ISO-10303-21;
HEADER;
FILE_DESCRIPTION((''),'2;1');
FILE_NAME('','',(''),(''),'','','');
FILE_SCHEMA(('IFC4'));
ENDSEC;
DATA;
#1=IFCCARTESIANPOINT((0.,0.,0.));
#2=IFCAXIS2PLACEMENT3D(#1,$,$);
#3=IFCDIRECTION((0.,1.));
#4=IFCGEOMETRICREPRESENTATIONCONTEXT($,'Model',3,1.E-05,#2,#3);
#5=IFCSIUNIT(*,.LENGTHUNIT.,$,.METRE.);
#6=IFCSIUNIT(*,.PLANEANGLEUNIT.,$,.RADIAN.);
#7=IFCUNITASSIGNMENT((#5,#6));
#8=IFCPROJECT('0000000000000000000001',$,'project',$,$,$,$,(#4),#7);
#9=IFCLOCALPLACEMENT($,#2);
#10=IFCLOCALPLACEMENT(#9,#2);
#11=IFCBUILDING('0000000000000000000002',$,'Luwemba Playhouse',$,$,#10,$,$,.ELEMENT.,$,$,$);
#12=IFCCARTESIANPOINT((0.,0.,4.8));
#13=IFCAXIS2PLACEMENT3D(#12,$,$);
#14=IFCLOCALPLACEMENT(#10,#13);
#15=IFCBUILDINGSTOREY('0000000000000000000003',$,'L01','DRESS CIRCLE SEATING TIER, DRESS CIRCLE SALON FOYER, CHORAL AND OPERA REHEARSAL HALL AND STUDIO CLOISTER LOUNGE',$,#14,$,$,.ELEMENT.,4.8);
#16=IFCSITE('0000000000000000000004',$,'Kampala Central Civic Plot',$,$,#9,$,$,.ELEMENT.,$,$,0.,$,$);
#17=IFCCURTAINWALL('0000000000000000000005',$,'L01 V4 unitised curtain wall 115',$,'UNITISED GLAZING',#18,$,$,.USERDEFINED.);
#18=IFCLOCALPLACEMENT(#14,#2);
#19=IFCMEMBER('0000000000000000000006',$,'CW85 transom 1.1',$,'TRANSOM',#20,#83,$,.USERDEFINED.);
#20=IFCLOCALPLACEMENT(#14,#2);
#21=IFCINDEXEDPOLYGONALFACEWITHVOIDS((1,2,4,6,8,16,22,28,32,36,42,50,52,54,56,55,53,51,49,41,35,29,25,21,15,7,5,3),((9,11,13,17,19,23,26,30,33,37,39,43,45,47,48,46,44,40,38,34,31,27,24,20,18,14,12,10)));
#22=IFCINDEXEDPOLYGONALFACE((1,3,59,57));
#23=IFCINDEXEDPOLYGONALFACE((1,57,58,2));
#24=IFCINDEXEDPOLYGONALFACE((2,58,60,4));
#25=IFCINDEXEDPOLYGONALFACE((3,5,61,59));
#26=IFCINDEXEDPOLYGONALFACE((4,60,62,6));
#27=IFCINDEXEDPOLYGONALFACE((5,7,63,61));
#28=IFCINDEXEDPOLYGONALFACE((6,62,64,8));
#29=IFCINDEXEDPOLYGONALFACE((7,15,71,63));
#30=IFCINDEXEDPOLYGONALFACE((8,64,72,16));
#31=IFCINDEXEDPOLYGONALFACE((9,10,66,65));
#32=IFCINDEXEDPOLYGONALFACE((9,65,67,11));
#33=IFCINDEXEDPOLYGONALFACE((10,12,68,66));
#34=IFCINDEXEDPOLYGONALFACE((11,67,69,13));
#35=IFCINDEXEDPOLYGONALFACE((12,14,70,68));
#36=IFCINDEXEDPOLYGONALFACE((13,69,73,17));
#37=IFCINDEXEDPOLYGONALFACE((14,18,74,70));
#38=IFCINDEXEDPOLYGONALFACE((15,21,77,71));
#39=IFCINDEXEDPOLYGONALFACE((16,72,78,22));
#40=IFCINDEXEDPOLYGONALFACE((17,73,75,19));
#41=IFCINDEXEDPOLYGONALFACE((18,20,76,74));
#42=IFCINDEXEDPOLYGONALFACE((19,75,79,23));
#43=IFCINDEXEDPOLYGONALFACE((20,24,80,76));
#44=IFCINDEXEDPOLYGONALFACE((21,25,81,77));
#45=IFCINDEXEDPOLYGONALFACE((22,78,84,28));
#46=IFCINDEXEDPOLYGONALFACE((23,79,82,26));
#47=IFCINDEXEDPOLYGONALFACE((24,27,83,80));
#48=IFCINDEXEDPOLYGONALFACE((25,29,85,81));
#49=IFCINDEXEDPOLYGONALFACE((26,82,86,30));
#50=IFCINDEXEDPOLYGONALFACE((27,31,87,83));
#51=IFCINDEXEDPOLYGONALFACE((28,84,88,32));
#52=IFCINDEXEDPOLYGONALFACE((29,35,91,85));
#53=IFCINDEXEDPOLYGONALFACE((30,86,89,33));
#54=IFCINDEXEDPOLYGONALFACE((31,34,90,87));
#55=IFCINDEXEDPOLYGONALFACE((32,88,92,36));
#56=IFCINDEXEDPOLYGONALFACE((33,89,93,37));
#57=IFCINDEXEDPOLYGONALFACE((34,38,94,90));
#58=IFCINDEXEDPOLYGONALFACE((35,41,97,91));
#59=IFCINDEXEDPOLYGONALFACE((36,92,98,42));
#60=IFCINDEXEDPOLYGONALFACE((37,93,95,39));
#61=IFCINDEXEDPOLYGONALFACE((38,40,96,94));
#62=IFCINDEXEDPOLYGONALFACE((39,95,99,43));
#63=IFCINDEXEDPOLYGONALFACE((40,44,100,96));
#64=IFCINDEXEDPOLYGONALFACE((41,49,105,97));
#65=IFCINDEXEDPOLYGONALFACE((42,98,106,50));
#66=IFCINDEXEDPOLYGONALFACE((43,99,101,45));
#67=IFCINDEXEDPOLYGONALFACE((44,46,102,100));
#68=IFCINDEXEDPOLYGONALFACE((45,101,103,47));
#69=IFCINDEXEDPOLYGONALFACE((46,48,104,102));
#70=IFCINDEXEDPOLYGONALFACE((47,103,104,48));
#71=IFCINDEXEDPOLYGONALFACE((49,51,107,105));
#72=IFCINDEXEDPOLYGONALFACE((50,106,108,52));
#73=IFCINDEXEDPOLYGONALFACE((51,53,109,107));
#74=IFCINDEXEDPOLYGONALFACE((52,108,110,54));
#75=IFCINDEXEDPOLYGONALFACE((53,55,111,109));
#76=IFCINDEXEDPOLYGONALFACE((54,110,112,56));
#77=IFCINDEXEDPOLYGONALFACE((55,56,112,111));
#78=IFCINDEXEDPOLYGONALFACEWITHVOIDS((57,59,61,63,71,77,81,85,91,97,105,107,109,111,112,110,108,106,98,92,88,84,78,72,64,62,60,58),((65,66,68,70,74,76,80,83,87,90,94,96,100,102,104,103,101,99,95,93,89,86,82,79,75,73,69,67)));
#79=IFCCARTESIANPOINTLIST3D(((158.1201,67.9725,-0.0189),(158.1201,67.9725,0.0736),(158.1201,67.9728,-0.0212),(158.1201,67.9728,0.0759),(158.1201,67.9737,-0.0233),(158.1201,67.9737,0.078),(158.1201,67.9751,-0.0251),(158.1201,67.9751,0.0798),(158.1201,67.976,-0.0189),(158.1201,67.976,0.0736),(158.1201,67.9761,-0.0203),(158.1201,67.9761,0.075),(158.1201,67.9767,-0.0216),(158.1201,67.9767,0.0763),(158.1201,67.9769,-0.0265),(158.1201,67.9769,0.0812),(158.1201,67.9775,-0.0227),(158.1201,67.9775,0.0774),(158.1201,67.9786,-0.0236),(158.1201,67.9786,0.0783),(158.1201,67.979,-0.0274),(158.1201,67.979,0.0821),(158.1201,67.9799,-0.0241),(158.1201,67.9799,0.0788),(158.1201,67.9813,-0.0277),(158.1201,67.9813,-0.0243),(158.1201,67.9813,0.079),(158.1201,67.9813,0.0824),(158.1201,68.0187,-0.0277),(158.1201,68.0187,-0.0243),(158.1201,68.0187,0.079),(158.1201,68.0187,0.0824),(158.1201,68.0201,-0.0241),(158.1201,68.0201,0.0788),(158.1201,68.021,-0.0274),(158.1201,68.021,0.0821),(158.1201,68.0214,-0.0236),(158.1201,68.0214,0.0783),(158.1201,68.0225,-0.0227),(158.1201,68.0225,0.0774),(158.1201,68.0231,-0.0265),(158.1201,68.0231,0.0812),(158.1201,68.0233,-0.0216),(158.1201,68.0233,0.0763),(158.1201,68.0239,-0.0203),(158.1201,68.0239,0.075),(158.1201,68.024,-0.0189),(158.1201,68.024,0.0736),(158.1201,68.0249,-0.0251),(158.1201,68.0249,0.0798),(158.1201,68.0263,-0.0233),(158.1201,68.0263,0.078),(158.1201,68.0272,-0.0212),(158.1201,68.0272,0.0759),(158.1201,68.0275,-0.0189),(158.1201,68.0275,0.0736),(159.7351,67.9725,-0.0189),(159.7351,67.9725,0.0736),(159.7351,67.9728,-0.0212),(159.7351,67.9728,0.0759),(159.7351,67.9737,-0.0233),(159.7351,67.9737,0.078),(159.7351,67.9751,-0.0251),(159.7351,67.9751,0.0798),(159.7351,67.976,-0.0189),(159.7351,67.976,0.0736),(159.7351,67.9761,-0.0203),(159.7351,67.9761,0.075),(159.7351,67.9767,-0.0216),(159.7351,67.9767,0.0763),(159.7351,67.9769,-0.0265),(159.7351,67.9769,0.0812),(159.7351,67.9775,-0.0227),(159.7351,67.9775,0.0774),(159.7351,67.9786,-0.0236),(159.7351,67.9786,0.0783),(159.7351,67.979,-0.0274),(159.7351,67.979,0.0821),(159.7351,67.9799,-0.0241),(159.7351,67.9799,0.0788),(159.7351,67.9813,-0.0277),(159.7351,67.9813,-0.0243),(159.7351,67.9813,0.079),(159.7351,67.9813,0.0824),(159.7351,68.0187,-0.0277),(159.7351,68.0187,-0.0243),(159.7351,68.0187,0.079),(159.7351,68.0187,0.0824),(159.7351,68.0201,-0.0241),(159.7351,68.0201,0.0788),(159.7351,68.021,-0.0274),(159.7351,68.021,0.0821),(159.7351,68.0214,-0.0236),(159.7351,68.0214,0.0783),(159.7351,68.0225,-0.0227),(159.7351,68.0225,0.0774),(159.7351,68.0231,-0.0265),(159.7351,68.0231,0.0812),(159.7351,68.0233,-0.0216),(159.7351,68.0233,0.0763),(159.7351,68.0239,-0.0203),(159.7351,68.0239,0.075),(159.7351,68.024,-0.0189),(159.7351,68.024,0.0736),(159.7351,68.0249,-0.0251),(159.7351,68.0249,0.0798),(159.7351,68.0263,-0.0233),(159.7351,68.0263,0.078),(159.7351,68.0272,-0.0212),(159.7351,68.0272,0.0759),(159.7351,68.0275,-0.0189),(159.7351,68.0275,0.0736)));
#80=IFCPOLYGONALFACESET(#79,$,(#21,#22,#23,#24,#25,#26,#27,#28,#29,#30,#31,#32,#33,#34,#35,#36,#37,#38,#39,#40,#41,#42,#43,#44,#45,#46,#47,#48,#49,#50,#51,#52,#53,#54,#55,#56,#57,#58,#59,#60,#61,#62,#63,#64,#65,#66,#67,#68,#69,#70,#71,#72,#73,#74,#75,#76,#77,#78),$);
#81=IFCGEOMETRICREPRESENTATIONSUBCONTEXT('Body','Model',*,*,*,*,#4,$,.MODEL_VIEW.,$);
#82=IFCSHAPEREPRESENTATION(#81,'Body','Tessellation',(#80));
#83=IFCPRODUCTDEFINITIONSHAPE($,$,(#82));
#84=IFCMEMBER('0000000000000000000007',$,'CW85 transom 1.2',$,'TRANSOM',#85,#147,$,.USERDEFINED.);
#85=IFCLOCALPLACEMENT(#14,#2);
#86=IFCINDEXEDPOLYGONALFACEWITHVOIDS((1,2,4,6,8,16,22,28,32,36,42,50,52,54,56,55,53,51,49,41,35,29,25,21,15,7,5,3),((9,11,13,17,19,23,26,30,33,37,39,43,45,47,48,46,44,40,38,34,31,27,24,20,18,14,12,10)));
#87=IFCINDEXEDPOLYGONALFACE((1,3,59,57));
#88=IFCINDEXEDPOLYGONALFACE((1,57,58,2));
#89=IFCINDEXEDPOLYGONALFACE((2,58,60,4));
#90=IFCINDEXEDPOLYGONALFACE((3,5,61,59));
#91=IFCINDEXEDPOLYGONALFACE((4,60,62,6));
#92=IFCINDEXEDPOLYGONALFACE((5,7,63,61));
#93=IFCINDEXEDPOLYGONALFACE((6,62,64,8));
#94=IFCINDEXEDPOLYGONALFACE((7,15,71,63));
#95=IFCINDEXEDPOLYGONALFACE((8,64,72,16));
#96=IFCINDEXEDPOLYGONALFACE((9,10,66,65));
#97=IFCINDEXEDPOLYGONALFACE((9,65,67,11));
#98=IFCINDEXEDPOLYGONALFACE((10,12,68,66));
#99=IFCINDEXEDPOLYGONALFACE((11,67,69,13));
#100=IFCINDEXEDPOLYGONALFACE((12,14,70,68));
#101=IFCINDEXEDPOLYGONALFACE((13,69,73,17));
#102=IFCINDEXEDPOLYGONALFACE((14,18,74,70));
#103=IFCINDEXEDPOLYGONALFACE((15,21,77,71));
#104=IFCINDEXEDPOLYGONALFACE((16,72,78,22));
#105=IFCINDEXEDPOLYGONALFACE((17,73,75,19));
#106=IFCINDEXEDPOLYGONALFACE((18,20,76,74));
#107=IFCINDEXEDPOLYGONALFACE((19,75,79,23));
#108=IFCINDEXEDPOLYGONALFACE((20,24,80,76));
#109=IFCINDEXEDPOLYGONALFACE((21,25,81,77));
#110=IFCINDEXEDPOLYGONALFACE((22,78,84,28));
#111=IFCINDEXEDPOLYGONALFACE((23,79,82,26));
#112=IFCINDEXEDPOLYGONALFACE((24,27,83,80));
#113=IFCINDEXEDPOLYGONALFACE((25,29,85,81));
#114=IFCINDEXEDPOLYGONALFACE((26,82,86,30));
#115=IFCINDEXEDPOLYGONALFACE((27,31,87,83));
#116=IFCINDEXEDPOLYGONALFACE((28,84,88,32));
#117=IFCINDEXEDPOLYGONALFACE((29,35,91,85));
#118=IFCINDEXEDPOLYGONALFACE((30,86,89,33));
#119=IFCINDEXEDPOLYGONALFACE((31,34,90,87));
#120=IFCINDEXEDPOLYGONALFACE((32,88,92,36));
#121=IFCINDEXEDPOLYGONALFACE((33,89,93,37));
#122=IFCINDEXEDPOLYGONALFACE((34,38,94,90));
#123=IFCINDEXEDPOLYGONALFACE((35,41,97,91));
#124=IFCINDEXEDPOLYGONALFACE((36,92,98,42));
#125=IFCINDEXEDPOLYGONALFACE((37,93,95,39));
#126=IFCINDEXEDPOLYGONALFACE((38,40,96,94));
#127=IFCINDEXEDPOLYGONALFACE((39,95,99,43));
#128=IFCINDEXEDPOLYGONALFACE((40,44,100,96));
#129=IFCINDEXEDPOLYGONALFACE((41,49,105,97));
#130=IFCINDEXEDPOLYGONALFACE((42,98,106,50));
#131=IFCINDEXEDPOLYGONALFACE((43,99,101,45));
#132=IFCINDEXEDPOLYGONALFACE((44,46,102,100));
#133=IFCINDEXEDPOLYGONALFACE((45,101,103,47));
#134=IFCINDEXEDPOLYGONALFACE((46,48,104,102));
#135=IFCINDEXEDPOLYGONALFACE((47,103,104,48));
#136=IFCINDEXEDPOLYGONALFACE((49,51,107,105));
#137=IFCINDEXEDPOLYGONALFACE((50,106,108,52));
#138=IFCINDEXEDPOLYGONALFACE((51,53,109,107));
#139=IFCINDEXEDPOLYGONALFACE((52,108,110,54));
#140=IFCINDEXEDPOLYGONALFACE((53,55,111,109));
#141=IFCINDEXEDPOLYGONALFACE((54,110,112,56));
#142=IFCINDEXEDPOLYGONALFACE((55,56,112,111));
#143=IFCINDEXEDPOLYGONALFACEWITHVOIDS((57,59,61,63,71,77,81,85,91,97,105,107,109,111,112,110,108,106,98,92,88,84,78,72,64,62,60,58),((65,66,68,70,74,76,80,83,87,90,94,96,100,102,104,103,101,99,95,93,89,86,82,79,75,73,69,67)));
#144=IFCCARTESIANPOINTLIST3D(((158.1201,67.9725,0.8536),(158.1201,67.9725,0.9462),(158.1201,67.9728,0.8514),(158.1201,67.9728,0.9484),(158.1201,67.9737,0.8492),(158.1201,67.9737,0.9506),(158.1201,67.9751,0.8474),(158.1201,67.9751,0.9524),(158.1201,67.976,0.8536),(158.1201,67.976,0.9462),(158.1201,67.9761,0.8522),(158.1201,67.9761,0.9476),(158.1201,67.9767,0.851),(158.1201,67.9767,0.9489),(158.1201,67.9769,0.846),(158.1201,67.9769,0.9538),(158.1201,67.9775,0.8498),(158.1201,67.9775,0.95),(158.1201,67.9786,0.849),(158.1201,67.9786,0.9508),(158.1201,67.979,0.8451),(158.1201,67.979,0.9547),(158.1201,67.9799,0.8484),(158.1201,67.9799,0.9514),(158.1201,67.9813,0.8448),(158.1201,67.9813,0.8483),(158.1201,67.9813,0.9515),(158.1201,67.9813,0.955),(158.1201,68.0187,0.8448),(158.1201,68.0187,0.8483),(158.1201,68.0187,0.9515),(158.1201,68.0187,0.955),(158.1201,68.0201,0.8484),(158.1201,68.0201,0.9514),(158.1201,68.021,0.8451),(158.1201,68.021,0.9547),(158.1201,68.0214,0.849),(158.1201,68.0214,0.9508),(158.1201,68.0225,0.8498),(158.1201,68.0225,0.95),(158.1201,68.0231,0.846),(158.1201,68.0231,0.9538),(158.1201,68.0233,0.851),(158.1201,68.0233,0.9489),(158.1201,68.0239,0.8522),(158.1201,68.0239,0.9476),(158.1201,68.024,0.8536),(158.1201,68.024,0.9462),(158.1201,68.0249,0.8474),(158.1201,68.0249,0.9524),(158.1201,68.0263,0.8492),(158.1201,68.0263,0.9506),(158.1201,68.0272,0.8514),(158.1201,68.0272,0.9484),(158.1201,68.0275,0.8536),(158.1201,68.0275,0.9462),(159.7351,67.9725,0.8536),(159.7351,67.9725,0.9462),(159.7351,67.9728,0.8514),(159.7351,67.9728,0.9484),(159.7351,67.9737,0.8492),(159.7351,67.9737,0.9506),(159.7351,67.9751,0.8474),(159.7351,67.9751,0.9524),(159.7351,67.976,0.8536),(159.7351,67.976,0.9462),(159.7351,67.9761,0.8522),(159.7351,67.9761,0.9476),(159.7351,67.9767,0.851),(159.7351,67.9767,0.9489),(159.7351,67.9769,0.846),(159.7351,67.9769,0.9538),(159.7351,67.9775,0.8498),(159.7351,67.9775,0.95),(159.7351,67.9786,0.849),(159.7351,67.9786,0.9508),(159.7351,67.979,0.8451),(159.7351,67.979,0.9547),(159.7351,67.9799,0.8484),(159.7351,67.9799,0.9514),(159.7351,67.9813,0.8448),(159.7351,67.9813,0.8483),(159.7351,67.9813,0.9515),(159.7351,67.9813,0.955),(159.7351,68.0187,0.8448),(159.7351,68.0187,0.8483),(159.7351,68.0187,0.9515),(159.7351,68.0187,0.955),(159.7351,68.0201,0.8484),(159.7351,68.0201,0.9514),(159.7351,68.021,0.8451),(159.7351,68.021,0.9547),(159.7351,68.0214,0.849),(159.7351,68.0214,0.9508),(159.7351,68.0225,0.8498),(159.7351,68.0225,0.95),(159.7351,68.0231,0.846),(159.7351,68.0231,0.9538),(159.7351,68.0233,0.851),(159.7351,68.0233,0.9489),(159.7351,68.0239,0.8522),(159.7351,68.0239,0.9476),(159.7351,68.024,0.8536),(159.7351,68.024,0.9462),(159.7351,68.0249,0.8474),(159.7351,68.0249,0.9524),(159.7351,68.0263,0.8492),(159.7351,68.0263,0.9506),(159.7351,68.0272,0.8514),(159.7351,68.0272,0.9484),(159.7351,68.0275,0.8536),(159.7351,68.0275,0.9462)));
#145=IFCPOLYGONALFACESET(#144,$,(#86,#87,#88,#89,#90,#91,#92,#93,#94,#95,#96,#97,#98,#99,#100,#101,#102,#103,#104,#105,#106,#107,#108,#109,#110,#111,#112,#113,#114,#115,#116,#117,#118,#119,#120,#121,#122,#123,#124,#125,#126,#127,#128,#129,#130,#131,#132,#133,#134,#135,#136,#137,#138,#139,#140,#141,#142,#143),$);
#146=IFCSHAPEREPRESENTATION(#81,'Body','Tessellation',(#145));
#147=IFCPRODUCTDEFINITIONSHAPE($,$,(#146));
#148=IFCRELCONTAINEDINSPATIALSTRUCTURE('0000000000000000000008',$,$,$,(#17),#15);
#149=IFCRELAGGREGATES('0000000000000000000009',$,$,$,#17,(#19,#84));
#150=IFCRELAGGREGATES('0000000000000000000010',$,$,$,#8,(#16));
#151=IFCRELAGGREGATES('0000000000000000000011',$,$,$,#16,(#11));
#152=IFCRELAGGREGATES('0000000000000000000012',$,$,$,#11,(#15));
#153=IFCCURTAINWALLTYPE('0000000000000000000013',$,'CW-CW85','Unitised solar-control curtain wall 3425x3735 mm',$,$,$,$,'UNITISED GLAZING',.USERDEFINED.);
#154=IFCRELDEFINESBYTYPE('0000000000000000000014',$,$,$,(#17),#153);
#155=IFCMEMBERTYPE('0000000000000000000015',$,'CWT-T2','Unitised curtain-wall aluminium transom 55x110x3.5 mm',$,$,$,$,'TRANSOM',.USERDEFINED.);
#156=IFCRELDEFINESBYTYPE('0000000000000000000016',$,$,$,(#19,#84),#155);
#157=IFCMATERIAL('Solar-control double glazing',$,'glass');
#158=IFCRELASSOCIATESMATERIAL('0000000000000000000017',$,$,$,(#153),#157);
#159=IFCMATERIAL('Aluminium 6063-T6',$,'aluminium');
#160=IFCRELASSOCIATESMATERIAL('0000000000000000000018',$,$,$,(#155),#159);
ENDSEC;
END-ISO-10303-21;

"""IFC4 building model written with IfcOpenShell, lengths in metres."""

from ifc_helpers import new_model, si_unit, direction, frame, origin, origin_2d, place, context, subcontext, project, spatial, hollow_rectangle, extrude, material, material_profile, profile_set, type_object, element, aggregate, save


model = new_model("IFC4")

# Units and contexts
model_context = context("Model", 3, precision=1e-05, world=origin(), true_north=direction((0.0, 1.0)))
body_context = subcontext(model_context, "Body", "Model", "MODEL_VIEW")
ifc_project = project(units=[si_unit("LENGTHUNIT", "METRE"), si_unit("PLANEANGLEUNIT", "RADIAN")], contexts=[model_context])

# Site, building, storey
site_placement = place(None, origin())
site = spatial("IfcSite", under=ifc_project, at=site_placement, Name="Kampala Central Civic Plot", CompositionType="ELEMENT", RefElevation=0.0)
building_placement = place(site_placement, origin())
building = spatial("IfcBuilding", under=site, at=building_placement, Name="Luwemba Playhouse", CompositionType="ELEMENT")
storey_placement = place(building_placement, frame((0.0, 0.0, 4.8)))
storey = spatial("IfcBuildingStorey", under=building, at=storey_placement, Name="L01", Description="DRESS CIRCLE SEATING TIER, DRESS CIRCLE SALON FOYER, CHORAL AND OPERA REHEARSAL HALL AND STUDIO CLOISTER LOUNGE", CompositionType="ELEMENT", Elevation=4.8)

# Curtain wall, members
ifc_material_1 = material(Name="Solar-control double glazing", Category="glass")
curtain_wall_type = type_object("IfcCurtainWallType", Name="CW-CW85", Description="Unitised solar-control curtain wall 3425x3735 mm", ElementType="UNITISED GLAZING", PredefinedType="USERDEFINED", material=ifc_material_1)
curtain_wall_placement = place(storey_placement, origin())
curtain_wall = element("IfcCurtainWall", 1, at=curtain_wall_placement, inside=storey, type_object=curtain_wall_type, Name="L01 V4 unitised curtain wall 115", ObjectType="UNITISED GLAZING", PredefinedType="USERDEFINED")
ifc_material_2 = material(Name="Aluminium 6063-T6", Category="aluminium")
ifc_material_profile_1 = material_profile(ifc_material_2, hollow_rectangle(XDim=0.0549, YDim=0.1101, WallThickness=0.0034, InnerFilletRadius=0.0054, OuterFilletRadius=0.0088, at=origin_2d()))
ifc_profile_set_1 = profile_set([ifc_material_profile_1], Name="Aluminium 6063-T6")
member_type_1 = type_object("IfcMemberType", Name="CWT-T2", Description="Unitised curtain-wall aluminium transom 55x110x3.5 mm", ElementType="TRANSOM", PredefinedType="USERDEFINED", material=ifc_profile_set_1)
member_1_placement = place(storey_placement, frame((159.7351, 68.0, 0.0273), z_axis=(-1.0, 0.0, 0.0), x_axis=(0.0, -1.0, 0.0)))
member_1 = element("IfcMember", 2, at=member_1_placement, type_object=member_type_1, Name="CW85 transom 1.1", ObjectType="TRANSOM", PredefinedType="USERDEFINED", context=body_context, shape_type="SweptSolid", body=[
    extrude(hollow_rectangle(XDim=0.0549, YDim=0.1101, WallThickness=0.0034, InnerFilletRadius=0.0054, OuterFilletRadius=0.0088, at=origin_2d()), origin(), (0.0, 0.0, 1.0), 1.615),
])
member_2_placement = place(storey_placement, frame((159.7351, 68.0, 0.8999), z_axis=(-1.0, 0.0, 0.0), x_axis=(0.0, -1.0, 0.0)))
member_2 = element("IfcMember", 3, at=member_2_placement, type_object=member_type_1, Name="CW85 transom 1.2", ObjectType="TRANSOM", PredefinedType="USERDEFINED", context=body_context, shape_type="SweptSolid", body=[
    extrude(hollow_rectangle(XDim=0.0549, YDim=0.1101, WallThickness=0.0034, InnerFilletRadius=0.0054, OuterFilletRadius=0.0088, at=origin_2d()), origin(), (0.0, 0.0, 1.0), 1.615),
])
aggregate(curtain_wall, [member_1, member_2])

save(model, "model.ifc")
